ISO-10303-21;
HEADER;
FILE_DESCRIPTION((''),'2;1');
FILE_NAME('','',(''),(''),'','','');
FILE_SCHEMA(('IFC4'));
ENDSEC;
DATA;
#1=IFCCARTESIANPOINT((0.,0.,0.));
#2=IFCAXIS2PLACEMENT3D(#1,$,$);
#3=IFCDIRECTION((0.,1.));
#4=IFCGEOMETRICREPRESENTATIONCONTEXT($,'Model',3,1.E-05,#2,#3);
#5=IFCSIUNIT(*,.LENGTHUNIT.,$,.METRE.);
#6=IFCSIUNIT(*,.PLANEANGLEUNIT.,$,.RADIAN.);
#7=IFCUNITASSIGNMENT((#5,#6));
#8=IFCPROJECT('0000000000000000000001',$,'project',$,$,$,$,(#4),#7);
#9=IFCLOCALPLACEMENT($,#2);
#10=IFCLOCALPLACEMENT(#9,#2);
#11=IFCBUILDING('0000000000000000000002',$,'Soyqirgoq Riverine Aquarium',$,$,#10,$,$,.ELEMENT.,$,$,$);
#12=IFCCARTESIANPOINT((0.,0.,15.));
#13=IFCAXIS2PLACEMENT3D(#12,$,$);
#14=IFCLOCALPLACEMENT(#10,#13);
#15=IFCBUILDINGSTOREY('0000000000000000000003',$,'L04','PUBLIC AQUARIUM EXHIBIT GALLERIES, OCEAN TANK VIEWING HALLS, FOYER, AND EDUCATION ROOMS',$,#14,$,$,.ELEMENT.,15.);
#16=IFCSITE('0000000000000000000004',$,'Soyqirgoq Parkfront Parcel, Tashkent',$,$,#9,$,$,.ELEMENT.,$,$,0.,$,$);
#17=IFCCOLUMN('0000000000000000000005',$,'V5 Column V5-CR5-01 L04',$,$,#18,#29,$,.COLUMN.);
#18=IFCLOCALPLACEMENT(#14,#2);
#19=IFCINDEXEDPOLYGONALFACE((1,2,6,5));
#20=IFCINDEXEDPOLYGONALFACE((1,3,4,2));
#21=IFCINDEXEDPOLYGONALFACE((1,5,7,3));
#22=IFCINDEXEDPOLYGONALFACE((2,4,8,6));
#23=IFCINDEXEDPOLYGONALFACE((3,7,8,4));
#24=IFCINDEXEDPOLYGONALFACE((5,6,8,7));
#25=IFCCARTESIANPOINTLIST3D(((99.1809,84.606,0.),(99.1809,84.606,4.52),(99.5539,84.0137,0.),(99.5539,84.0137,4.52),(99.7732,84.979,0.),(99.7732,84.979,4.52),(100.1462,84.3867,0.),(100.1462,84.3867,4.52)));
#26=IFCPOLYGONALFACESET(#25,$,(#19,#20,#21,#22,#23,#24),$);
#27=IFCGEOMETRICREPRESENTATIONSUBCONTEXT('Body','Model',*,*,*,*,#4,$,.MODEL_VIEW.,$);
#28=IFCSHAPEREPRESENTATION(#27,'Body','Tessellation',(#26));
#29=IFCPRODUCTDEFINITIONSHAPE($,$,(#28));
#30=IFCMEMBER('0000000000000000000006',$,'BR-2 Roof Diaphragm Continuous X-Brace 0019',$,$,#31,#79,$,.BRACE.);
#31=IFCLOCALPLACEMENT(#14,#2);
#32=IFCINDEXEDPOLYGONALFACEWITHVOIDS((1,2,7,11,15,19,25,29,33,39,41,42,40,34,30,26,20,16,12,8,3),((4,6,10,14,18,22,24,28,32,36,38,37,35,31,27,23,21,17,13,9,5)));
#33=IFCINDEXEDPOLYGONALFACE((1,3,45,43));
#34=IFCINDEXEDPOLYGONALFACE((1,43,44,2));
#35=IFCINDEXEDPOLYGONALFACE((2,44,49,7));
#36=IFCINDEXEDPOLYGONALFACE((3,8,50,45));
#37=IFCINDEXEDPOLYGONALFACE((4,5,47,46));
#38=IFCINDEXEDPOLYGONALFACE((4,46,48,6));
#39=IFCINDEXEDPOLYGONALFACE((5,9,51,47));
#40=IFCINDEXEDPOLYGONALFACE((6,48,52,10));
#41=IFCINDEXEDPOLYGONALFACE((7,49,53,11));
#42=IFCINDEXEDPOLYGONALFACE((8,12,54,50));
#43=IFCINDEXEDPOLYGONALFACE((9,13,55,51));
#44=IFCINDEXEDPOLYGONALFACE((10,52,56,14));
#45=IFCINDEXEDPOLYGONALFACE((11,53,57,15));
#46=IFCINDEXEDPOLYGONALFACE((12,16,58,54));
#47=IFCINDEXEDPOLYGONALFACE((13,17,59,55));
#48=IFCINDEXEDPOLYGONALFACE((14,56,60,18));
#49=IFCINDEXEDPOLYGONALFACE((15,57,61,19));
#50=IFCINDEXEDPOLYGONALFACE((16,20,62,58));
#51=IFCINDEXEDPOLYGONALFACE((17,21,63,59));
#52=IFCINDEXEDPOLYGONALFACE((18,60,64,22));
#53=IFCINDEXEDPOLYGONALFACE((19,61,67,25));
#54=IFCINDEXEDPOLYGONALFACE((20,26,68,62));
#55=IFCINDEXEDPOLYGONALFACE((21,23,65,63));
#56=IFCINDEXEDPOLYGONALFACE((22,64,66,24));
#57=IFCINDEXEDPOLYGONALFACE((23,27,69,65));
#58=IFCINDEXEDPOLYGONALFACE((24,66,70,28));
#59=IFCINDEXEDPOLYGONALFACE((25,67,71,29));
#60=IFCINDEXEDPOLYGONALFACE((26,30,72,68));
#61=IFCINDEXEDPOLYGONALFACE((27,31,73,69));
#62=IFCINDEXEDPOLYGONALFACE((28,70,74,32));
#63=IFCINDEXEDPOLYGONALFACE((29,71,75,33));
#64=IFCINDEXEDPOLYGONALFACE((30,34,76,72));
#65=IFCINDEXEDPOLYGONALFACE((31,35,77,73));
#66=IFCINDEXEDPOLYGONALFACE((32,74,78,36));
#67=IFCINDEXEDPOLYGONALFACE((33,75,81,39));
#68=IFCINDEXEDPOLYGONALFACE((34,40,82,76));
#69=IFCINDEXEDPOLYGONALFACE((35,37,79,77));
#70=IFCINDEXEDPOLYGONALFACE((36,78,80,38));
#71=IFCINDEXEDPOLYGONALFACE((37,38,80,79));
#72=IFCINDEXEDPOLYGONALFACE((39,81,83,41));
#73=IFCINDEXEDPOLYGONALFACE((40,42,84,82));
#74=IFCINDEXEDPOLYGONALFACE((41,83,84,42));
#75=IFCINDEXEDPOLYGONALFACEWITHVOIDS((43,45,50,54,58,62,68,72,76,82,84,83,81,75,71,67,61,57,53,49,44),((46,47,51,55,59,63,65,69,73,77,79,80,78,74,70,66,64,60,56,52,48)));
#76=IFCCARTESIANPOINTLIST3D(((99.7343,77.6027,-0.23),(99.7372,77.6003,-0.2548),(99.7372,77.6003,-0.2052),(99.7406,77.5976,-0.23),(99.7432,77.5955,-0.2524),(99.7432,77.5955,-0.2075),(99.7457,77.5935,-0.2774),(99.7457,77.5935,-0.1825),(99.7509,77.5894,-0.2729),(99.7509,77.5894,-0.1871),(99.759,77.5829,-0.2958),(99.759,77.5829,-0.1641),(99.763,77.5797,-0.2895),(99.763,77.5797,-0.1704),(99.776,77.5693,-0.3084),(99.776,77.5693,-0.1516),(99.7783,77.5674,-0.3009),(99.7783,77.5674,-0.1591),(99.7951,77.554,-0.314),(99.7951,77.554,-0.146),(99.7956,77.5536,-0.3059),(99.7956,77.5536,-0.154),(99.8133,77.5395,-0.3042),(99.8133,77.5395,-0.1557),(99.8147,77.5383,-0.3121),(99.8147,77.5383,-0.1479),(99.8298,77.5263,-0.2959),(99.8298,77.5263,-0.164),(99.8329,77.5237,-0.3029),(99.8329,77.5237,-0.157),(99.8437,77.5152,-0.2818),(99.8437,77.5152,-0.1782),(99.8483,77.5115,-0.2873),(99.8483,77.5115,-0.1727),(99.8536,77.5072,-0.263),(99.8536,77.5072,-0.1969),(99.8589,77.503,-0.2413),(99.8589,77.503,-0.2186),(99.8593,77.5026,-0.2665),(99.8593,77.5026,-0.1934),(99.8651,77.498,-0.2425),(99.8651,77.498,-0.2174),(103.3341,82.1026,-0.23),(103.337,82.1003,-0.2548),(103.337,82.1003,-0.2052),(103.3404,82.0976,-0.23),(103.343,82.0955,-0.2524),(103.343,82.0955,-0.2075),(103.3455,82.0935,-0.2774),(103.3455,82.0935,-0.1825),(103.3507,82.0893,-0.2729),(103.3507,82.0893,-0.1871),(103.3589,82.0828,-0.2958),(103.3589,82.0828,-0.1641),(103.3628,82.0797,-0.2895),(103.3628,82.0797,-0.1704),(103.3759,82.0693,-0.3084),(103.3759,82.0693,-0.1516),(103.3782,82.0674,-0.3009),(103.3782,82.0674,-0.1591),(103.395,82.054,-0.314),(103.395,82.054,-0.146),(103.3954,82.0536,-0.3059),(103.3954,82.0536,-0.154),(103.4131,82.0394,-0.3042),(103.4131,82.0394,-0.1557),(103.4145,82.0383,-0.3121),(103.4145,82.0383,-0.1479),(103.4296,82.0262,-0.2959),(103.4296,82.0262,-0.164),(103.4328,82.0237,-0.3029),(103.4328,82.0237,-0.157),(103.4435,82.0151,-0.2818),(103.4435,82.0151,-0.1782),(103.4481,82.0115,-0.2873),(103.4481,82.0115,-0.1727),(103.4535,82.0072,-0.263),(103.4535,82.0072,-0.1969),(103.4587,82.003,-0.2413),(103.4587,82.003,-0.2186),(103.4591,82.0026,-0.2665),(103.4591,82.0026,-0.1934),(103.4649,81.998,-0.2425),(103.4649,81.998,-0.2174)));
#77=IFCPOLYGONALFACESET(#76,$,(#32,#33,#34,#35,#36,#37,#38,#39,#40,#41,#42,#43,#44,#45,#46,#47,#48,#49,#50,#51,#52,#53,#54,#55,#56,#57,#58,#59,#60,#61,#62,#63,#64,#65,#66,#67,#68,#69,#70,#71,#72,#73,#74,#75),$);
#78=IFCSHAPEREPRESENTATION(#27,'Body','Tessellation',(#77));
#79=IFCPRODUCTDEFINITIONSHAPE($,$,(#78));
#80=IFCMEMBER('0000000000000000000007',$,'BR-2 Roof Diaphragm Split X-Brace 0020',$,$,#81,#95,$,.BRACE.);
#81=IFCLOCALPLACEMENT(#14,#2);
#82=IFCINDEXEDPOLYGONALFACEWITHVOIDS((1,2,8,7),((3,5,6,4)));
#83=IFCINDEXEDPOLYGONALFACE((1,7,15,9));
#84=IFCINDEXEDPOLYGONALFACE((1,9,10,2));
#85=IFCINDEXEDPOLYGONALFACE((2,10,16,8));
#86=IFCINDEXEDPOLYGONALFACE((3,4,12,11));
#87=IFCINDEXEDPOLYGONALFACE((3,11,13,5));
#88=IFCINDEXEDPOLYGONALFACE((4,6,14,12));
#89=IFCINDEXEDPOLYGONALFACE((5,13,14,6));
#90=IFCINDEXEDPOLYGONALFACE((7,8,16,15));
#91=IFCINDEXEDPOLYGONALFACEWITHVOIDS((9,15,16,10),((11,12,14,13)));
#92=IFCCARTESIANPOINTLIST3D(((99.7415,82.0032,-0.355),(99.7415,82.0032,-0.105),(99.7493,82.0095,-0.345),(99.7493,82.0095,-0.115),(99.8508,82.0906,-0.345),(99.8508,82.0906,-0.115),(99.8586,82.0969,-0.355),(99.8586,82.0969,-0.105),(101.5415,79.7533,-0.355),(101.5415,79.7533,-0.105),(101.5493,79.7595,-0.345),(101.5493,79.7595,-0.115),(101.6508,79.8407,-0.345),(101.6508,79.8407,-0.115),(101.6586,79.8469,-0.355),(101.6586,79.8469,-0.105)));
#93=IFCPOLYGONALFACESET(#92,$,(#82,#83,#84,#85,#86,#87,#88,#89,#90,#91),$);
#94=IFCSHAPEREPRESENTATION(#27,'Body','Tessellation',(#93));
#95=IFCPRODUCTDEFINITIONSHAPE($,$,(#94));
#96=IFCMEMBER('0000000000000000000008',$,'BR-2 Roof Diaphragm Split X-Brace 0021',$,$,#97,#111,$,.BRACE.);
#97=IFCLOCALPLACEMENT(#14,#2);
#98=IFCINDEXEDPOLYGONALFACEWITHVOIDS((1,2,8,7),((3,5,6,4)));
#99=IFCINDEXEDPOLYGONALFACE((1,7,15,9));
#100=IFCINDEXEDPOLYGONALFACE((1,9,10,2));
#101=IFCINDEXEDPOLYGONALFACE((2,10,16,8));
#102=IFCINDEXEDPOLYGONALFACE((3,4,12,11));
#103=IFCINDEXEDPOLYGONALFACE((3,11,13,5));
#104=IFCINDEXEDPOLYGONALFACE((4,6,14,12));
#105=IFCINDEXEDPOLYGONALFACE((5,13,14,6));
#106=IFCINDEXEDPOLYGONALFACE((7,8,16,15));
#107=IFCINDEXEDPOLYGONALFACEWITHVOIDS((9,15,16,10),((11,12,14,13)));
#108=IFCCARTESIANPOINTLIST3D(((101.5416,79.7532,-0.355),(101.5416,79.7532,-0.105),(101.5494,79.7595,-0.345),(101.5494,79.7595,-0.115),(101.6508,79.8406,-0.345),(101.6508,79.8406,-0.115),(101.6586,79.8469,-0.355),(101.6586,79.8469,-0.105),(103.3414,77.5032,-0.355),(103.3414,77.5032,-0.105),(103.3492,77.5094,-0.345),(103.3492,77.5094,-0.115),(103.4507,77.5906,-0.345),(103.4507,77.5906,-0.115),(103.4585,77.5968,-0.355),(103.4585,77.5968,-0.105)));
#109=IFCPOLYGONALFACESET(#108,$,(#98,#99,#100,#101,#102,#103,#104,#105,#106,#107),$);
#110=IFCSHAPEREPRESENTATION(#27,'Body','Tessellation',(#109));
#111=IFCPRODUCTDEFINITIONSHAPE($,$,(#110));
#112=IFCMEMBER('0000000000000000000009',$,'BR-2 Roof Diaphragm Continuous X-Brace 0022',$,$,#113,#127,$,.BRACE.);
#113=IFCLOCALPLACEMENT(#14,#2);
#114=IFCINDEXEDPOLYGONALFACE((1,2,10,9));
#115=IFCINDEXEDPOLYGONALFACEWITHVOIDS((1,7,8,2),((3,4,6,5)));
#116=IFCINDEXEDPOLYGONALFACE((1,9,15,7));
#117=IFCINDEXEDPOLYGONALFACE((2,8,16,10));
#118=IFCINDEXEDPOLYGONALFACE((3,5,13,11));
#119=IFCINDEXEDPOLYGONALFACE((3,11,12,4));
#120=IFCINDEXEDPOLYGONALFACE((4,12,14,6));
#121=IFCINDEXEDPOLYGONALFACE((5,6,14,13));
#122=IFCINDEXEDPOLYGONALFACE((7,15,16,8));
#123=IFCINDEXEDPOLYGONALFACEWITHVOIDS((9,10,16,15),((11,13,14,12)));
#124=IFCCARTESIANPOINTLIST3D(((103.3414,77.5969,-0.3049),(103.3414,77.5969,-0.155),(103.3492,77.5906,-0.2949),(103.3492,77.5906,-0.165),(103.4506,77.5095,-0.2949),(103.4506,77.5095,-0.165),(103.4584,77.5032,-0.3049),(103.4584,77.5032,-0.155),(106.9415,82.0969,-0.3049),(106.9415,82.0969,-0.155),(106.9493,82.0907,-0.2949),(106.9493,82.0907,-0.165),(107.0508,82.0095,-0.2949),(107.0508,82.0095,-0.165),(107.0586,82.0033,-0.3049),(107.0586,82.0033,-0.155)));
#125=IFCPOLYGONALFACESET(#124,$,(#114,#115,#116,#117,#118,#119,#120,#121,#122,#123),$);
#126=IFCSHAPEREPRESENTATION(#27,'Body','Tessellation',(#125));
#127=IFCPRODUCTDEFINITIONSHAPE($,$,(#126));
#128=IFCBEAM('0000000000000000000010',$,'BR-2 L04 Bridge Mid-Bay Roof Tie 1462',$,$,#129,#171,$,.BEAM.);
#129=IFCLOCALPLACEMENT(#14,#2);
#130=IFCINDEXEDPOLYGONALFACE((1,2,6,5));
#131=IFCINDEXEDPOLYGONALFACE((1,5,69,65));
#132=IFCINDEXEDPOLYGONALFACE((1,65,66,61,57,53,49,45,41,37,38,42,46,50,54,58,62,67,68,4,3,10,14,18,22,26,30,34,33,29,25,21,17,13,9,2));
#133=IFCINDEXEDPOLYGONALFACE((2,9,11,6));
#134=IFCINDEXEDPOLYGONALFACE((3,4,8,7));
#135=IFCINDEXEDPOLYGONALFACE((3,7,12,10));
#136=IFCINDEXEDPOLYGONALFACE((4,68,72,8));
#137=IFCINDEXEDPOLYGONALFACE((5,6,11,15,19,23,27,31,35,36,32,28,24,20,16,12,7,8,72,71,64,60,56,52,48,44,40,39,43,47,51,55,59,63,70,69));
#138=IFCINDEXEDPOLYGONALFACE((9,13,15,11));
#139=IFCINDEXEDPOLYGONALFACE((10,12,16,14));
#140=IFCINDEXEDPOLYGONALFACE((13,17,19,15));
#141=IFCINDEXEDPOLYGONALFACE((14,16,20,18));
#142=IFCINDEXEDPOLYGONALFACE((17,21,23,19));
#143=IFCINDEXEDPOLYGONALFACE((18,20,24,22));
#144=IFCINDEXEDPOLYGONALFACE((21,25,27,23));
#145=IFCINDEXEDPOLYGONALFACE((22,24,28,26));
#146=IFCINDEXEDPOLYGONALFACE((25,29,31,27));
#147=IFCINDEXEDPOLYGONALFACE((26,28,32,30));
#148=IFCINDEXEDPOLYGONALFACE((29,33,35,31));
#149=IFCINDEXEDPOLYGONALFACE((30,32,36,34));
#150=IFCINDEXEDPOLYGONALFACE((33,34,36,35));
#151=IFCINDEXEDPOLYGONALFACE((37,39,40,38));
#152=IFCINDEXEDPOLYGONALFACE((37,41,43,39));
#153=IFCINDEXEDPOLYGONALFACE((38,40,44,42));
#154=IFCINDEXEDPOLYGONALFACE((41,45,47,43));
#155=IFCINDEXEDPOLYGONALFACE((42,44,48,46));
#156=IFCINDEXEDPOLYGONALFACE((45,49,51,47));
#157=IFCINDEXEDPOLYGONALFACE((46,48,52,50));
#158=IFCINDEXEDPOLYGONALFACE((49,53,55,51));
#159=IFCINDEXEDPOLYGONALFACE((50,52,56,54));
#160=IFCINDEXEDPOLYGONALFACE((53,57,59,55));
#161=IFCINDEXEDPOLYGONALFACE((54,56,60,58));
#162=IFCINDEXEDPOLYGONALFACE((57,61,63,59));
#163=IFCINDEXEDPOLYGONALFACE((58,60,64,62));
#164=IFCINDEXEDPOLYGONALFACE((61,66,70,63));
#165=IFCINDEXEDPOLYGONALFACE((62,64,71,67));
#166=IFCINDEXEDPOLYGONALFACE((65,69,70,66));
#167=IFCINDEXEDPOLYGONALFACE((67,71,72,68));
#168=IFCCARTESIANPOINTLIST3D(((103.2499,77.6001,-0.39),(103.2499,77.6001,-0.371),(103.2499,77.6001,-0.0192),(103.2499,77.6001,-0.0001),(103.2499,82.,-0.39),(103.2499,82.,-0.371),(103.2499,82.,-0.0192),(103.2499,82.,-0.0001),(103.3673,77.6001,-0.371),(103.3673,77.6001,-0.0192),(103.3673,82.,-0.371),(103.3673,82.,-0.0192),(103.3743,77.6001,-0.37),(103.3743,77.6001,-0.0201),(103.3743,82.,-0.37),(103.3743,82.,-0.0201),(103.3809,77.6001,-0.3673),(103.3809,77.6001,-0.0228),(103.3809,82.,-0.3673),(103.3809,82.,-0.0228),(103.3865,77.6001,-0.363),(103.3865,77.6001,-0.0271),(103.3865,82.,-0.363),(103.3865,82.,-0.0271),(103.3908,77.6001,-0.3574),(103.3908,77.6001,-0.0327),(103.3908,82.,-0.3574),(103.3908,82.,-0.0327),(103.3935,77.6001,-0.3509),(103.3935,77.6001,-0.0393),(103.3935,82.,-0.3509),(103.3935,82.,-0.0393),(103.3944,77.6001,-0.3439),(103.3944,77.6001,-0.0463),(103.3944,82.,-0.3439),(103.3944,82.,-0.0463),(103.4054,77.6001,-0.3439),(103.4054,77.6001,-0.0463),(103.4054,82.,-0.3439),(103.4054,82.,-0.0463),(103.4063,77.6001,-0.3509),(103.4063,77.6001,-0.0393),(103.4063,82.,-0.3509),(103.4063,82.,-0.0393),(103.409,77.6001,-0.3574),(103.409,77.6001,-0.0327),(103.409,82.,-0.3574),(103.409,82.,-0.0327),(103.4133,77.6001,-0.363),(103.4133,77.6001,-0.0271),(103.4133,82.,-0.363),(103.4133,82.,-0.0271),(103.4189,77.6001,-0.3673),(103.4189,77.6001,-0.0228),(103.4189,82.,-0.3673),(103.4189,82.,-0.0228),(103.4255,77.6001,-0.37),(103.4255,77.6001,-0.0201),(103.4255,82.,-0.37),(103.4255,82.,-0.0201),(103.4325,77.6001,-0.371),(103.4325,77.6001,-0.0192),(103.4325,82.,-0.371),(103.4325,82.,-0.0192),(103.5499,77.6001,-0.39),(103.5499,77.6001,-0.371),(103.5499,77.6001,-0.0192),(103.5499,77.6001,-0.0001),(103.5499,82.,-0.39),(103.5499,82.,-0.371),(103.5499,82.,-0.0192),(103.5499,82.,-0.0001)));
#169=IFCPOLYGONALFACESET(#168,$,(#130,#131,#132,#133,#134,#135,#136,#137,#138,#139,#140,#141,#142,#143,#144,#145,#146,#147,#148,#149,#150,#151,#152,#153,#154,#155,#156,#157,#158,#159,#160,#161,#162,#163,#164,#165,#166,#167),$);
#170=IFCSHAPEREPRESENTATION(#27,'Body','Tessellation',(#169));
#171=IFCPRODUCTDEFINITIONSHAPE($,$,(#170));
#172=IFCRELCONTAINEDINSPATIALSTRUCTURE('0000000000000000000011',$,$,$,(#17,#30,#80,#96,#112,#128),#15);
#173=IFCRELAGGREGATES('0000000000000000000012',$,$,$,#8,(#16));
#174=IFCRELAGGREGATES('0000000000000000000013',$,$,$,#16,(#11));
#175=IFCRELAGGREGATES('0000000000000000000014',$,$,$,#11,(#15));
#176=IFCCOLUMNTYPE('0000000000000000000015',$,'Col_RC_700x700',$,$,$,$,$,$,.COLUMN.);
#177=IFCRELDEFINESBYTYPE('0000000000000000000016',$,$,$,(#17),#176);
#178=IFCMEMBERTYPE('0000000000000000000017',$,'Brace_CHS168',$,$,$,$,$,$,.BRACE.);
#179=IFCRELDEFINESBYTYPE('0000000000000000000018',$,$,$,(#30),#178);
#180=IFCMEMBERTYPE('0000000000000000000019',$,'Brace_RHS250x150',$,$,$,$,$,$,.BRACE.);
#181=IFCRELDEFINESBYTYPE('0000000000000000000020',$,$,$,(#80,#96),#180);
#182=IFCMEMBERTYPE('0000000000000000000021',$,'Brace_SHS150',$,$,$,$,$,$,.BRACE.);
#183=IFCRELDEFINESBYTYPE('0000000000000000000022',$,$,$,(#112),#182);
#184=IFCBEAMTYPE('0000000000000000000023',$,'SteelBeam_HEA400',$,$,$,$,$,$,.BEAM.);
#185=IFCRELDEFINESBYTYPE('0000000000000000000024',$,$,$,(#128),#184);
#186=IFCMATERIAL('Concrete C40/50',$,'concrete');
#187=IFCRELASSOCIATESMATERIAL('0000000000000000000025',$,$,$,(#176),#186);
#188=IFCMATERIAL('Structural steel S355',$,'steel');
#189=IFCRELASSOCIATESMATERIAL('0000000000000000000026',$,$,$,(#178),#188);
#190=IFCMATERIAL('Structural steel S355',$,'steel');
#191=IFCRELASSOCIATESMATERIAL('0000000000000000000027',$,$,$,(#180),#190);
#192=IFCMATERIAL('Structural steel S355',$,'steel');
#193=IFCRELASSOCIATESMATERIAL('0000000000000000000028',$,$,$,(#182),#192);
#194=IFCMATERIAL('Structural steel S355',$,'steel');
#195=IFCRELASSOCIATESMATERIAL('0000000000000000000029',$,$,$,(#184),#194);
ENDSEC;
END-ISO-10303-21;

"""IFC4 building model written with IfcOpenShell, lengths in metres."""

from ifc_helpers import new_model, si_unit, direction, frame, origin, origin_2d, place, context, subcontext, project, spatial, rectangle, hollow_rectangle, hollow_circle, i_section, extrude, material, material_profile, profile_set, type_object, element, save


model = new_model("IFC4")

# Units and contexts
model_context = context("Model", 3, precision=1e-05, world=origin(), true_north=direction((0.0, 1.0)))
body_context = subcontext(model_context, "Body", "Model", "MODEL_VIEW")
ifc_project = project(units=[si_unit("LENGTHUNIT", "METRE"), si_unit("PLANEANGLEUNIT", "RADIAN")], contexts=[model_context])

# Site, building, storey
site_placement = place(None, origin())
site = spatial("IfcSite", under=ifc_project, at=site_placement, Name="Soyqirgoq Parkfront Parcel, Tashkent", CompositionType="ELEMENT", RefElevation=0.0)
building_placement = place(site_placement, origin())
building = spatial("IfcBuilding", under=site, at=building_placement, Name="Soyqirgoq Riverine Aquarium", CompositionType="ELEMENT")
storey_placement = place(building_placement, frame((0.0, 0.0, 15.0)))
storey = spatial("IfcBuildingStorey", under=building, at=storey_placement, Name="L04", Description="PUBLIC AQUARIUM EXHIBIT GALLERIES, OCEAN TANK VIEWING HALLS, FOYER, AND EDUCATION ROOMS", CompositionType="ELEMENT", Elevation=15.0)

# Column
ifc_material_1 = material(Name="Concrete C40/50", Category="concrete")
ifc_material_profile_1 = material_profile(ifc_material_1, rectangle(XDim=0.7, YDim=0.7, at=origin_2d()), Name="RC 700x700")
ifc_profile_set_1 = profile_set([ifc_material_profile_1], Name="Concrete C40/50")
column_type = type_object("IfcColumnType", Name="Col_RC_700x700", PredefinedType="COLUMN", material=ifc_profile_set_1)
column_placement = place(storey_placement, frame((99.6636, 84.4963, 0.0), z_axis=(0.0, 0.0, 1.0), x_axis=(0.846193, 0.532876, 0.0)))
element("IfcColumn", 1, at=column_placement, inside=storey, type_object=column_type, Name="V5 Column V5-CR5-01 L04", PredefinedType="COLUMN", context=body_context, shape_type="SweptSolid", body=[
    extrude(rectangle(XDim=0.7, YDim=0.7, at=origin_2d()), origin(), (0.0, 0.0, 1.0), 4.52),
])

# Members
ifc_material_2 = material(Name="Structural steel S355", Category="steel")
ifc_material_profile_2 = material_profile(ifc_material_2, hollow_circle(Radius=0.0842, WallThickness=0.0081, at=origin_2d()), Name="CHS 168.3x8")
ifc_profile_set_2 = profile_set([ifc_material_profile_2], Name="Structural steel S355")
member_type_1 = type_object("IfcMemberType", Name="Brace_CHS168", PredefinedType="BRACE", material=ifc_profile_set_2)
member_1_placement = place(storey_placement, frame((99.8, 77.55, -0.23), z_axis=(0.62468, 0.780881, 0.0), x_axis=(-0.780881, 0.62468, 0.0)))
element("IfcMember", 2, at=member_1_placement, inside=storey, type_object=member_type_1, Name="BR-2 Roof Diaphragm Continuous X-Brace 0019", PredefinedType="BRACE", context=body_context, shape_type="SweptSolid", body=[
    extrude(hollow_circle(Radius=0.0842, WallThickness=0.0081, at=origin_2d()), origin(), (0.0, 0.0, 1.0), 5.7627),
])
ifc_material_3 = material(Name="Structural steel S355", Category="steel")
ifc_material_profile_3 = material_profile(ifc_material_3, hollow_rectangle(XDim=0.1499, YDim=0.25, WallThickness=0.01, at=origin_2d()), Name="RHS 250x150x10")
ifc_profile_set_3 = profile_set([ifc_material_profile_3], Name="Structural steel S355")
member_type_2 = type_object("IfcMemberType", Name="Brace_RHS250x150", PredefinedType="BRACE", material=ifc_profile_set_3)
for number, where, z_axis, x_axis, name in (
    (3, (99.8, 82.05, -0.23), (0.624705, -0.780861, 0.0), (0.780861, 0.624705, 0.0), "BR-2 Roof Diaphragm Split X-Brace 0020"),
    (4, (101.6001, 79.8, -0.23), (0.624654, -0.780902, 0.0), (0.780902, 0.624654, 0.0), "BR-2 Roof Diaphragm Split X-Brace 0021"),
):
    element("IfcMember", number, at=place(storey_placement, frame(where, z_axis=z_axis, x_axis=x_axis)), inside=storey, type_object=member_type_2, Name=name, PredefinedType="BRACE", context=body_context, shape_type="SweptSolid", body=[
        extrude(hollow_rectangle(XDim=0.1499, YDim=0.25, WallThickness=0.01, at=origin_2d()), origin(), (0.0, 0.0, 1.0), 2.8813),
    ])
ifc_material_4 = material(Name="Structural steel S355", Category="steel")
ifc_material_profile_4 = material_profile(ifc_material_4, hollow_rectangle(XDim=0.1499, YDim=0.1499, WallThickness=0.01, at=origin_2d()), Name="SHS 150x150x10")
ifc_profile_set_4 = profile_set([ifc_material_profile_4], Name="Structural steel S355")
member_type_3 = type_object("IfcMemberType", Name="Brace_SHS150", PredefinedType="BRACE", material=ifc_profile_set_4)
member_2_placement = place(storey_placement, frame((103.3999, 77.55, -0.23), z_axis=(0.624705, 0.780861, 0.0), x_axis=(-0.780861, 0.624705, 0.0)))
element("IfcMember", 5, at=member_2_placement, inside=storey, type_object=member_type_3, Name="BR-2 Roof Diaphragm Continuous X-Brace 0022", PredefinedType="BRACE", context=body_context, shape_type="SweptSolid", body=[
    extrude(hollow_rectangle(XDim=0.1499, YDim=0.1499, WallThickness=0.01, at=origin_2d()), origin(), (0.0, 0.0, 1.0), 5.7629),
])

# Beam
ifc_material_5 = material(Name="Structural steel S355", Category="steel")
ifc_material_profile_5 = material_profile(ifc_material_5, i_section(OverallWidth=0.3, OverallDepth=0.3899, WebThickness=0.011, FlangeThickness=0.019, FilletRadius=0.0271, at=origin_2d()), Name="HEA 400")
ifc_profile_set_5 = profile_set([ifc_material_profile_5], Name="Structural steel S355")
beam_type_1 = type_object("IfcBeamType", Name="SteelBeam_HEA400", PredefinedType="BEAM", material=ifc_profile_set_5)
for number, where, z_axis, x_axis, name in (
    (6, (103.3999, 77.6001, -0.1951), (0.0, 1.0, 0.0), (-1.0, 0.0, 0.0), "BR-2 L04 Bridge Mid-Bay Roof Tie 1462"),
):
    element("IfcBeam", number, at=place(storey_placement, frame(where, z_axis=z_axis, x_axis=x_axis)), inside=storey, type_object=beam_type_1, Name=name, PredefinedType="BEAM", context=body_context, shape_type="SweptSolid", body=[
        extrude(i_section(OverallWidth=0.3, OverallDepth=0.3899, WebThickness=0.011, FlangeThickness=0.019, FilletRadius=0.0271, at=origin_2d()), origin(), (0.0, 0.0, 1.0), 4.3999),
    ])

save(model, "model.ifc")
